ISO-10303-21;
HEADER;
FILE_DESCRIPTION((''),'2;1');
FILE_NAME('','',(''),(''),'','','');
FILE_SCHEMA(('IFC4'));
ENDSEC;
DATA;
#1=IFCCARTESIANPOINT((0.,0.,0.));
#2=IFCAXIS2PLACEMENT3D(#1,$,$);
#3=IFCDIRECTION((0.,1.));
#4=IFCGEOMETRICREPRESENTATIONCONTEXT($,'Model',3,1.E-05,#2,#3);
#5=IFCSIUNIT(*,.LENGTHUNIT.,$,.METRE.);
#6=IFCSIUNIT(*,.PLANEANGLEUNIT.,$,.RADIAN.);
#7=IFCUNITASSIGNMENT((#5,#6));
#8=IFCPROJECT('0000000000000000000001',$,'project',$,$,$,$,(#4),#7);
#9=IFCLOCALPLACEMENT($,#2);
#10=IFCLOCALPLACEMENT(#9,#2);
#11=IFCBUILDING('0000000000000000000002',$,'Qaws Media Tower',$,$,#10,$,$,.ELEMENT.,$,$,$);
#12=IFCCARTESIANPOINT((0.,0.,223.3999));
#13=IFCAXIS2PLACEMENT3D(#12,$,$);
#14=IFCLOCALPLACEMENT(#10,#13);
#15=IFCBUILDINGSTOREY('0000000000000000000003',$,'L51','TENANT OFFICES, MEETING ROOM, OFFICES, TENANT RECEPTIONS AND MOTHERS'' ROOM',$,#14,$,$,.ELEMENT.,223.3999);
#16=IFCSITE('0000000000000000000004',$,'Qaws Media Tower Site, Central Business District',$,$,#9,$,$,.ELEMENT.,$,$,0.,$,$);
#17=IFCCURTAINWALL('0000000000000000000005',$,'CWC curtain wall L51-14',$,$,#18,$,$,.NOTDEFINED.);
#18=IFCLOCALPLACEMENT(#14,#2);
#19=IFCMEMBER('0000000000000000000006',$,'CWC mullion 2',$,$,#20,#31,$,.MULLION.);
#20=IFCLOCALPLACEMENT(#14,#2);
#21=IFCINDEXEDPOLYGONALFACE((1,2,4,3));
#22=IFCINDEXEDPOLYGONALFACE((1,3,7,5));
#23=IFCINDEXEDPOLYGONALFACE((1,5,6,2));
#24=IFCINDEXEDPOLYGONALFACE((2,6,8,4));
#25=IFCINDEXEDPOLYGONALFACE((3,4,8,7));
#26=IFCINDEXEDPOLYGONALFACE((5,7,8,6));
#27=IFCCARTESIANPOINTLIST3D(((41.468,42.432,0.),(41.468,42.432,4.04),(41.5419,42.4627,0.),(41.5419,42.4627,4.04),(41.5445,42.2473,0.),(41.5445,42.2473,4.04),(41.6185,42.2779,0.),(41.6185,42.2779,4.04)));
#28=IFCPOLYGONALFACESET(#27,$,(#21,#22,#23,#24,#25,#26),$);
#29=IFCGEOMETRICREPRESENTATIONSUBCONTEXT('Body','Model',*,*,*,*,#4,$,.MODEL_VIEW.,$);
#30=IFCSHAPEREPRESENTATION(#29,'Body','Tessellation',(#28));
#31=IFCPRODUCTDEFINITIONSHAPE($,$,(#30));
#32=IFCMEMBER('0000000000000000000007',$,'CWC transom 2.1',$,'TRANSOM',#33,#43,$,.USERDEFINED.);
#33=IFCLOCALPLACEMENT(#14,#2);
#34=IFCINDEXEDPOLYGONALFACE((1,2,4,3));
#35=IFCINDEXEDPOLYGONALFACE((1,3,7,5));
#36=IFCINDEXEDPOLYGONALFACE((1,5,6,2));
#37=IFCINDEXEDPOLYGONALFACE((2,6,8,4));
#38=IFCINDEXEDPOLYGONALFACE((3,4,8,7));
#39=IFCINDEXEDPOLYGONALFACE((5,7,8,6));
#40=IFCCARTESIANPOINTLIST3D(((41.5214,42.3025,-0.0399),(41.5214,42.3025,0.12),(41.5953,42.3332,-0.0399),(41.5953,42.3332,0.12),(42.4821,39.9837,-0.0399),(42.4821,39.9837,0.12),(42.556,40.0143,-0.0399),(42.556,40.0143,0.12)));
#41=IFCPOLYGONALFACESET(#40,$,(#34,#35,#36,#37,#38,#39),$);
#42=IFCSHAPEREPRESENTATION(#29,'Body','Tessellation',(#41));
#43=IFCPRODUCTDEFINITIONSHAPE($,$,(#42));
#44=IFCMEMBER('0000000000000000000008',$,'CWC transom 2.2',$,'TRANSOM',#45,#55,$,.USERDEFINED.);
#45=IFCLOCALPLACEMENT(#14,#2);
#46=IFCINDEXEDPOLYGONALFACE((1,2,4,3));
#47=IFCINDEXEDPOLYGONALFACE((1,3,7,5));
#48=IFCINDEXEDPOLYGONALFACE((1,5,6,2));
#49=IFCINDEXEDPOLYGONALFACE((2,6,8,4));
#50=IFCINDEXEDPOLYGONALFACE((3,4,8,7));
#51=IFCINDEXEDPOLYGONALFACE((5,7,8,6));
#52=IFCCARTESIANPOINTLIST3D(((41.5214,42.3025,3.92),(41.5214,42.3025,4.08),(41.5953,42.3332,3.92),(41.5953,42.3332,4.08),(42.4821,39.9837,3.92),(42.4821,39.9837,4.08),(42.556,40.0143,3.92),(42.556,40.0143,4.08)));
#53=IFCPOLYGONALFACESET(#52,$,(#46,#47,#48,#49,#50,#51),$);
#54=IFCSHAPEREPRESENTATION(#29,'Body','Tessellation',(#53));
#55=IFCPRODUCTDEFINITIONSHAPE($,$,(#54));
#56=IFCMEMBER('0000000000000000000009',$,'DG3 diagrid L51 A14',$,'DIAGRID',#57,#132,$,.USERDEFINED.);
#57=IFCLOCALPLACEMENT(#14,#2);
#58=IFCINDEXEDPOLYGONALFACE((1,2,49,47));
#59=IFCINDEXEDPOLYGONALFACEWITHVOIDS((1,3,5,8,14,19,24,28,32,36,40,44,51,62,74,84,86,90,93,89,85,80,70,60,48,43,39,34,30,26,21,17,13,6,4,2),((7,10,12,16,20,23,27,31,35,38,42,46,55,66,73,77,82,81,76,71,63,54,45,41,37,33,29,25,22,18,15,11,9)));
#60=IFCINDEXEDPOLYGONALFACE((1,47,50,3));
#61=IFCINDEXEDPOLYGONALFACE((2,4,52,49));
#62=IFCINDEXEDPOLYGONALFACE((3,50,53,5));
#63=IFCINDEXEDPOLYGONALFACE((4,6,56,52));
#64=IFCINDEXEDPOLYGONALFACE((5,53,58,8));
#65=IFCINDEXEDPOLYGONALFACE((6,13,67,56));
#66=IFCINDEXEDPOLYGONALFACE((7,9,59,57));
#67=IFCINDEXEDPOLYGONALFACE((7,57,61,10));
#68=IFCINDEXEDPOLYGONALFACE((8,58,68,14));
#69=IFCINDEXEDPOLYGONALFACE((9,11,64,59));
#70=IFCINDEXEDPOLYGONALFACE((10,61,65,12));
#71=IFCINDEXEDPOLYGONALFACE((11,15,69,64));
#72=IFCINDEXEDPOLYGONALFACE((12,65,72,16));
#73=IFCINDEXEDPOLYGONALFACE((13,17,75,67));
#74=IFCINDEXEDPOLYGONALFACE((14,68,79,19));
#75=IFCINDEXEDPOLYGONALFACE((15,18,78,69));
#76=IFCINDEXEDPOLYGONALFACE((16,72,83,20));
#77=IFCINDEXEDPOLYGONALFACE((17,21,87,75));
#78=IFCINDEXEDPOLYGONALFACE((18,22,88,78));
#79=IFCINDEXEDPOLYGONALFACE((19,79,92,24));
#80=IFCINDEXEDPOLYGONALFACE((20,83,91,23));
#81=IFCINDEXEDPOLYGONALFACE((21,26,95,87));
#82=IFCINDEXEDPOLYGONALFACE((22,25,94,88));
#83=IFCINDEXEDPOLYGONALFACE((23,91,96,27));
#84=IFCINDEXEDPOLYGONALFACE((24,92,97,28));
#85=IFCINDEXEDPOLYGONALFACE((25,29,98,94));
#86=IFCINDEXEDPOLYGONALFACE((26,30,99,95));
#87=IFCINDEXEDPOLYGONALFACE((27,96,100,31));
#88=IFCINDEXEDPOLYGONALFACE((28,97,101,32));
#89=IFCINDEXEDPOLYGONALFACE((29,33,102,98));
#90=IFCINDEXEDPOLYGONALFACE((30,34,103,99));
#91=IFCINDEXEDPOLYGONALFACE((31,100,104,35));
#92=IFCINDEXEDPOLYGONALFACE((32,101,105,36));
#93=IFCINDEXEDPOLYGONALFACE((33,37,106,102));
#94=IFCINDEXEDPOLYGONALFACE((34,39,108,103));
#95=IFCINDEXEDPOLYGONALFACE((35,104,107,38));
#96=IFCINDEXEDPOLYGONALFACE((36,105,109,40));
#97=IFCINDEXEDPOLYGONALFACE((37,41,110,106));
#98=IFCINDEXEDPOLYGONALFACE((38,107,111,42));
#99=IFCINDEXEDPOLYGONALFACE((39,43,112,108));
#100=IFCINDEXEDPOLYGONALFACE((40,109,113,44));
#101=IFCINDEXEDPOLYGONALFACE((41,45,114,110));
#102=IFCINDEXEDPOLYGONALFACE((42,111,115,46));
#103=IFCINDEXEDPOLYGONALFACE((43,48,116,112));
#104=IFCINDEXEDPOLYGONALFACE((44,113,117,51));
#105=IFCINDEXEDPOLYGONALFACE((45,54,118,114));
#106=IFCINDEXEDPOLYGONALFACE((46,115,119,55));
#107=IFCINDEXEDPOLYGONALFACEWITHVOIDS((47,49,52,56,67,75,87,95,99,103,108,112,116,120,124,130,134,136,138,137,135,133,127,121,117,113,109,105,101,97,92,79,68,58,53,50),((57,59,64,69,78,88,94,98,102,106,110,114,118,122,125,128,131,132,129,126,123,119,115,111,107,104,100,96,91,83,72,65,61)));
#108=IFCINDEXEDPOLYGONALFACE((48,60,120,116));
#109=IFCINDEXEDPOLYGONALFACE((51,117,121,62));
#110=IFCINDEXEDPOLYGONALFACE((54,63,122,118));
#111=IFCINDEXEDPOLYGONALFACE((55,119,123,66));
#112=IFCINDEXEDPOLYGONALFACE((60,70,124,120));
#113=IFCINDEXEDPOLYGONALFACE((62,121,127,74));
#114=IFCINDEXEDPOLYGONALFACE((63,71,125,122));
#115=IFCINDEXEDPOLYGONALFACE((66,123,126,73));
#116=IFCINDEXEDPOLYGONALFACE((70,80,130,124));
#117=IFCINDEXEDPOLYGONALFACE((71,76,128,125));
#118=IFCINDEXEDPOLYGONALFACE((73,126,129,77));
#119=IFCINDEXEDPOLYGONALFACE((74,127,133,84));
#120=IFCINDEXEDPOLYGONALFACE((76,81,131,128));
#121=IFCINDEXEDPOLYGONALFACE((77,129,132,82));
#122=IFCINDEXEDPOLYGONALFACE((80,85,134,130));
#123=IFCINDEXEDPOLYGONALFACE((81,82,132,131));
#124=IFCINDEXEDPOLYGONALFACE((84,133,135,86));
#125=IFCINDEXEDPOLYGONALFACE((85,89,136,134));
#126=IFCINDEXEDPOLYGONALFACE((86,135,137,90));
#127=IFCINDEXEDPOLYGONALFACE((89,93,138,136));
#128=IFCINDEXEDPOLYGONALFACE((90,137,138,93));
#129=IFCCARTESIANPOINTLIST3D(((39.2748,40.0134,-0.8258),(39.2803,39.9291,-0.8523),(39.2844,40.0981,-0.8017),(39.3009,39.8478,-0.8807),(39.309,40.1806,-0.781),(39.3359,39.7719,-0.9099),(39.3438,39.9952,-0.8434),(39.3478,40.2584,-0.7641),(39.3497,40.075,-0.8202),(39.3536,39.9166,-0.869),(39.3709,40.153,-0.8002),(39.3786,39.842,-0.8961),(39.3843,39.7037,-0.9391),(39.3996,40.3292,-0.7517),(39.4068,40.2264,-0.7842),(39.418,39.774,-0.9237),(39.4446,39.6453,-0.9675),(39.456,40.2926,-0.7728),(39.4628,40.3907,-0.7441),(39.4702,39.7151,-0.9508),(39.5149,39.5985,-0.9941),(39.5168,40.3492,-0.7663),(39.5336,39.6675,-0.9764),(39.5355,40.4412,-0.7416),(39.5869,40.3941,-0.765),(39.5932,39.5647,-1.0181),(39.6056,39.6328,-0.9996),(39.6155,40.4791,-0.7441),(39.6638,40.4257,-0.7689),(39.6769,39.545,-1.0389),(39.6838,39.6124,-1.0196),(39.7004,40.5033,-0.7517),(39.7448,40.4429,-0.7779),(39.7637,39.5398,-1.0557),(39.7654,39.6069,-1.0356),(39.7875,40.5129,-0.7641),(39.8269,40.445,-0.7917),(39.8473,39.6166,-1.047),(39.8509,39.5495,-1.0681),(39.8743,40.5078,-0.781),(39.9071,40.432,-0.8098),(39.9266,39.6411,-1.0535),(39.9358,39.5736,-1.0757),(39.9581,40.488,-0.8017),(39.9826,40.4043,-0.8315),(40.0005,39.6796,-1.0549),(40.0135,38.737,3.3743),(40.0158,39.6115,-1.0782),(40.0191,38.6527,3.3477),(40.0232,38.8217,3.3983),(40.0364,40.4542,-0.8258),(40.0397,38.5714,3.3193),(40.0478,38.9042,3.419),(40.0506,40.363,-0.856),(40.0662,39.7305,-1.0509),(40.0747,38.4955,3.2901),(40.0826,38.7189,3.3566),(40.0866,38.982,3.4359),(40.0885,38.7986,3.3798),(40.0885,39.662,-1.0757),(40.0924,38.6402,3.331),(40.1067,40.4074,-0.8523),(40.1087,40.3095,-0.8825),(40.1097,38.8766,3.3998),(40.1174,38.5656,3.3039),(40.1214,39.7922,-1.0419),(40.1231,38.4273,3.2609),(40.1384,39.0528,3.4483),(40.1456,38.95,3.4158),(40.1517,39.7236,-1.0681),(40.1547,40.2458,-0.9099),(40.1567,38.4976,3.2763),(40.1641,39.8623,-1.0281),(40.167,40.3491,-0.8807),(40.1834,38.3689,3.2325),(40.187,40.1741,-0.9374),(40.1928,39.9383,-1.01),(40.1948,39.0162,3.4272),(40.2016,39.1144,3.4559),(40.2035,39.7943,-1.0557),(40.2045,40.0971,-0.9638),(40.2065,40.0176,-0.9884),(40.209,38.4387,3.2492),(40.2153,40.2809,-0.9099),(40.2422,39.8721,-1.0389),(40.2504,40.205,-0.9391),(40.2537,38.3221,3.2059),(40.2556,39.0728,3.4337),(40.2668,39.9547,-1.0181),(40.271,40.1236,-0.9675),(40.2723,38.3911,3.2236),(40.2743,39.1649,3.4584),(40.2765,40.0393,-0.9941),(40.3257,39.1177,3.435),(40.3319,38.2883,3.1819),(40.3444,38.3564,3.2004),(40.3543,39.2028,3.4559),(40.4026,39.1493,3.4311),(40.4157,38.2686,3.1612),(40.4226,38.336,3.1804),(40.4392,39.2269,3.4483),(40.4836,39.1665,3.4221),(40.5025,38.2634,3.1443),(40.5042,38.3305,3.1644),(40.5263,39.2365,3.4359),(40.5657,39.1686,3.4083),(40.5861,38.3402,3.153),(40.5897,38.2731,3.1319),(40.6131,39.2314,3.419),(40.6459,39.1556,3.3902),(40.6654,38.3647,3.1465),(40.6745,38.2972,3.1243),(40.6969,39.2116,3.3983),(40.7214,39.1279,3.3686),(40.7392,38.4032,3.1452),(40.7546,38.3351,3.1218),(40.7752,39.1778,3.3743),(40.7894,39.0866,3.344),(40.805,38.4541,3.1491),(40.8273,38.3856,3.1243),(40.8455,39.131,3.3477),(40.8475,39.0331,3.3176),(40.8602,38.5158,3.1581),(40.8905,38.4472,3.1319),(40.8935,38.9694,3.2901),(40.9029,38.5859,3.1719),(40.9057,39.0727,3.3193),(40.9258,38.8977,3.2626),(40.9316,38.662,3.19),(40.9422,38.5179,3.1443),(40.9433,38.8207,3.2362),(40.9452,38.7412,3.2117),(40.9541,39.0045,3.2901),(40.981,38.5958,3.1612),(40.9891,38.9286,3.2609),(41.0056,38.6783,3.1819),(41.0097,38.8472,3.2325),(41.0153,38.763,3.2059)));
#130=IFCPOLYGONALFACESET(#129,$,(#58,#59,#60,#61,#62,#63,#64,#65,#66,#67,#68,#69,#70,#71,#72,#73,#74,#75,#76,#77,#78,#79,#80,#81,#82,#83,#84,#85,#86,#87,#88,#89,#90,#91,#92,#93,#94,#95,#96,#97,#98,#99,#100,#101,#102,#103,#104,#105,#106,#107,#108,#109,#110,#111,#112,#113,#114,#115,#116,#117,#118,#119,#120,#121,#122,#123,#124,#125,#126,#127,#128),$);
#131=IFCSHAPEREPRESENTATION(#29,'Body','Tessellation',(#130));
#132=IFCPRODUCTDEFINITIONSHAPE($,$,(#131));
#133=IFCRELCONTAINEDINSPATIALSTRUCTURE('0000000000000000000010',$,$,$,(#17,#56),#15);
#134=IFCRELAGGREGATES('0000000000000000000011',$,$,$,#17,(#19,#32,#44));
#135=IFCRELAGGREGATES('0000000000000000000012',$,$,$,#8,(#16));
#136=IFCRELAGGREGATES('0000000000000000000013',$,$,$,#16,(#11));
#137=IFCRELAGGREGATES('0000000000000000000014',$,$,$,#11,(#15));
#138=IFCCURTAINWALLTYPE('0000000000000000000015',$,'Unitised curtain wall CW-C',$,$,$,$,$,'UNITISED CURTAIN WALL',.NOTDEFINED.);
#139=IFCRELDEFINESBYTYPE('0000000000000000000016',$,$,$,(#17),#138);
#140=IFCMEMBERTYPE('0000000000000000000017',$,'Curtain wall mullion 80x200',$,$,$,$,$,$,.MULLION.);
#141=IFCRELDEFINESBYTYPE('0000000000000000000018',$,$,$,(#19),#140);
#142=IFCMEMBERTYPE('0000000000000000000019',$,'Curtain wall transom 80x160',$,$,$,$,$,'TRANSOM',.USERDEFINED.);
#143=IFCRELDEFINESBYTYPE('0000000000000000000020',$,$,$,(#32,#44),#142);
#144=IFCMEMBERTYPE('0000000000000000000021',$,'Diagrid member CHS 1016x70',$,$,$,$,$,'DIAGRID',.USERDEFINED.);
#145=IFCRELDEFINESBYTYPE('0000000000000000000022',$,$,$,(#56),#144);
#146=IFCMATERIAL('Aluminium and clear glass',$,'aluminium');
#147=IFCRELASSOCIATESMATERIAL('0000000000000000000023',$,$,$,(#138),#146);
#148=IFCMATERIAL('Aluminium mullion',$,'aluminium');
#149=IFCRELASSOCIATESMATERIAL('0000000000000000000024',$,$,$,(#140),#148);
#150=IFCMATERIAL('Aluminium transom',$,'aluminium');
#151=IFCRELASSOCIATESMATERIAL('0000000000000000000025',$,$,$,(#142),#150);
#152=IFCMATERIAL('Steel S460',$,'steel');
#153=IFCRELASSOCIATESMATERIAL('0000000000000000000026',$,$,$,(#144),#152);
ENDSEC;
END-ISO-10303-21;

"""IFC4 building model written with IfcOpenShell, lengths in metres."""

from ifc_helpers import new_model, si_unit, direction, frame, origin, origin_2d, place, context, subcontext, project, spatial, rectangle, hollow_circle, extrude, material, material_profile, profile_set, type_object, element, aggregate, save


model = new_model("IFC4")

# Units and contexts
model_context = context("Model", 3, precision=1e-05, world=origin(), true_north=direction((0.0, 1.0)))
body_context = subcontext(model_context, "Body", "Model", "MODEL_VIEW")
ifc_project = project(units=[si_unit("LENGTHUNIT", "METRE"), si_unit("PLANEANGLEUNIT", "RADIAN")], contexts=[model_context])

# Site, building, storey
site_placement = place(None, origin())
site = spatial("IfcSite", under=ifc_project, at=site_placement, Name="Qaws Media Tower Site, Central Business District", CompositionType="ELEMENT", RefElevation=0.0)
building_placement = place(site_placement, origin())
building = spatial("IfcBuilding", under=site, at=building_placement, Name="Qaws Media Tower", CompositionType="ELEMENT")
storey_placement = place(building_placement, frame((0.0, 0.0, 223.3999)))
storey = spatial("IfcBuildingStorey", under=building, at=storey_placement, Name="L51", Description="TENANT OFFICES, MEETING ROOM, OFFICES, TENANT RECEPTIONS AND MOTHERS' ROOM", CompositionType="ELEMENT", Elevation=223.3999)

# Curtain wall, members
ifc_material_1 = material(Name="Aluminium and clear glass", Category="aluminium")
curtain_wall_type = type_object("IfcCurtainWallType", Name="Unitised curtain wall CW-C", ElementType="UNITISED CURTAIN WALL", PredefinedType="NOTDEFINED", material=ifc_material_1)
curtain_wall_placement = place(storey_placement, origin())
curtain_wall = element("IfcCurtainWall", 1, at=curtain_wall_placement, inside=storey, type_object=curtain_wall_type, Name="CWC curtain wall L51-14", PredefinedType="NOTDEFINED")
ifc_material_2 = material(Name="Aluminium mullion", Category="aluminium")
ifc_material_profile_1 = material_profile(ifc_material_2, rectangle(XDim=0.0801, YDim=0.2, at=origin_2d()), Name="80x200")
ifc_profile_set_1 = profile_set([ifc_material_profile_1], Name="Aluminium mullion")
member_type_1 = type_object("IfcMemberType", Name="Curtain wall mullion 80x200", PredefinedType="MULLION", material=ifc_profile_set_1)
member_1_placement = place(storey_placement, frame((41.5432, 42.355, 0.0), z_axis=(0.0, 0.0, 1.0), x_axis=(0.92388, 0.382683, 0.0)))
member_1 = element("IfcMember", 2, at=member_1_placement, type_object=member_type_1, Name="CWC mullion 2", PredefinedType="MULLION", context=body_context, shape_type="SweptSolid", body=[
    extrude(rectangle(XDim=0.0801, YDim=0.2, at=origin_2d()), origin(), (0.0, 0.0, 1.0), 4.04),
])
ifc_material_3 = material(Name="Aluminium transom", Category="aluminium")
ifc_material_profile_2 = material_profile(ifc_material_3, rectangle(XDim=0.0801, YDim=0.1599, at=origin_2d()), Name="80x160")
ifc_profile_set_2 = profile_set([ifc_material_profile_2], Name="Aluminium transom")
member_type_2 = type_object("IfcMemberType", Name="Curtain wall transom 80x160", ElementType="TRANSOM", PredefinedType="USERDEFINED", material=ifc_profile_set_2)
member_2_placement = place(storey_placement, frame((41.5583, 42.3179, 0.04), z_axis=(0.38275, -0.923852, 0.0), x_axis=(0.923852, 0.38275, 0.0)))
member_2 = element("IfcMember", 3, at=member_2_placement, type_object=member_type_2, Name="CWC transom 2.1", ObjectType="TRANSOM", PredefinedType="USERDEFINED", context=body_context, shape_type="SweptSolid", body=[
    extrude(rectangle(XDim=0.0801, YDim=0.1599, at=origin_2d()), origin(), (0.0, 0.0, 1.0), 2.51),
])
member_3_placement = place(storey_placement, frame((41.5583, 42.3179, 4.0), z_axis=(0.38275, -0.923852, 0.0), x_axis=(0.923852, 0.38275, 0.0)))
member_3 = element("IfcMember", 4, at=member_3_placement, type_object=member_type_2, Name="CWC transom 2.2", ObjectType="TRANSOM", PredefinedType="USERDEFINED", context=body_context, shape_type="SweptSolid", body=[
    extrude(rectangle(XDim=0.0801, YDim=0.1599, at=origin_2d()), origin(), (0.0, 0.0, 1.0), 2.51),
])

# Member
ifc_material_4 = material(Name="Steel S460", Category="steel")
ifc_material_profile_3 = material_profile(ifc_material_4, hollow_circle(Radius=0.5081, WallThickness=0.0701, at=origin_2d()), Name="CHS 1016x70")
ifc_profile_set_3 = profile_set([ifc_material_profile_3], Name="Steel S460")
member_type_3 = type_object("IfcMemberType", Name="Diagrid member CHS 1016x70", ElementType="DIAGRID", PredefinedType="USERDEFINED", material=ifc_profile_set_3)
for number, where, z_axis, x_axis, name in (
    (5, (39.7756, 40.0264, -0.9099), (0.165965, -0.286737, 0.943524), (0.865479, 0.500945, 0.0), "DG3 diagrid L51 A14"),
):
    element("IfcMember", number, at=place(storey_placement, frame(where, z_axis=z_axis, x_axis=x_axis)), inside=storey, type_object=member_type_3, Name=name, ObjectType="DIAGRID", PredefinedType="USERDEFINED", context=body_context, shape_type="SweptSolid", body=[
        extrude(hollow_circle(Radius=0.5081, WallThickness=0.0701, at=origin_2d()), origin(), (0.0, 0.0, 1.0), 4.4514),
    ])

aggregate(curtain_wall, [member_1, member_2, member_3])

save(model, "model.ifc")
